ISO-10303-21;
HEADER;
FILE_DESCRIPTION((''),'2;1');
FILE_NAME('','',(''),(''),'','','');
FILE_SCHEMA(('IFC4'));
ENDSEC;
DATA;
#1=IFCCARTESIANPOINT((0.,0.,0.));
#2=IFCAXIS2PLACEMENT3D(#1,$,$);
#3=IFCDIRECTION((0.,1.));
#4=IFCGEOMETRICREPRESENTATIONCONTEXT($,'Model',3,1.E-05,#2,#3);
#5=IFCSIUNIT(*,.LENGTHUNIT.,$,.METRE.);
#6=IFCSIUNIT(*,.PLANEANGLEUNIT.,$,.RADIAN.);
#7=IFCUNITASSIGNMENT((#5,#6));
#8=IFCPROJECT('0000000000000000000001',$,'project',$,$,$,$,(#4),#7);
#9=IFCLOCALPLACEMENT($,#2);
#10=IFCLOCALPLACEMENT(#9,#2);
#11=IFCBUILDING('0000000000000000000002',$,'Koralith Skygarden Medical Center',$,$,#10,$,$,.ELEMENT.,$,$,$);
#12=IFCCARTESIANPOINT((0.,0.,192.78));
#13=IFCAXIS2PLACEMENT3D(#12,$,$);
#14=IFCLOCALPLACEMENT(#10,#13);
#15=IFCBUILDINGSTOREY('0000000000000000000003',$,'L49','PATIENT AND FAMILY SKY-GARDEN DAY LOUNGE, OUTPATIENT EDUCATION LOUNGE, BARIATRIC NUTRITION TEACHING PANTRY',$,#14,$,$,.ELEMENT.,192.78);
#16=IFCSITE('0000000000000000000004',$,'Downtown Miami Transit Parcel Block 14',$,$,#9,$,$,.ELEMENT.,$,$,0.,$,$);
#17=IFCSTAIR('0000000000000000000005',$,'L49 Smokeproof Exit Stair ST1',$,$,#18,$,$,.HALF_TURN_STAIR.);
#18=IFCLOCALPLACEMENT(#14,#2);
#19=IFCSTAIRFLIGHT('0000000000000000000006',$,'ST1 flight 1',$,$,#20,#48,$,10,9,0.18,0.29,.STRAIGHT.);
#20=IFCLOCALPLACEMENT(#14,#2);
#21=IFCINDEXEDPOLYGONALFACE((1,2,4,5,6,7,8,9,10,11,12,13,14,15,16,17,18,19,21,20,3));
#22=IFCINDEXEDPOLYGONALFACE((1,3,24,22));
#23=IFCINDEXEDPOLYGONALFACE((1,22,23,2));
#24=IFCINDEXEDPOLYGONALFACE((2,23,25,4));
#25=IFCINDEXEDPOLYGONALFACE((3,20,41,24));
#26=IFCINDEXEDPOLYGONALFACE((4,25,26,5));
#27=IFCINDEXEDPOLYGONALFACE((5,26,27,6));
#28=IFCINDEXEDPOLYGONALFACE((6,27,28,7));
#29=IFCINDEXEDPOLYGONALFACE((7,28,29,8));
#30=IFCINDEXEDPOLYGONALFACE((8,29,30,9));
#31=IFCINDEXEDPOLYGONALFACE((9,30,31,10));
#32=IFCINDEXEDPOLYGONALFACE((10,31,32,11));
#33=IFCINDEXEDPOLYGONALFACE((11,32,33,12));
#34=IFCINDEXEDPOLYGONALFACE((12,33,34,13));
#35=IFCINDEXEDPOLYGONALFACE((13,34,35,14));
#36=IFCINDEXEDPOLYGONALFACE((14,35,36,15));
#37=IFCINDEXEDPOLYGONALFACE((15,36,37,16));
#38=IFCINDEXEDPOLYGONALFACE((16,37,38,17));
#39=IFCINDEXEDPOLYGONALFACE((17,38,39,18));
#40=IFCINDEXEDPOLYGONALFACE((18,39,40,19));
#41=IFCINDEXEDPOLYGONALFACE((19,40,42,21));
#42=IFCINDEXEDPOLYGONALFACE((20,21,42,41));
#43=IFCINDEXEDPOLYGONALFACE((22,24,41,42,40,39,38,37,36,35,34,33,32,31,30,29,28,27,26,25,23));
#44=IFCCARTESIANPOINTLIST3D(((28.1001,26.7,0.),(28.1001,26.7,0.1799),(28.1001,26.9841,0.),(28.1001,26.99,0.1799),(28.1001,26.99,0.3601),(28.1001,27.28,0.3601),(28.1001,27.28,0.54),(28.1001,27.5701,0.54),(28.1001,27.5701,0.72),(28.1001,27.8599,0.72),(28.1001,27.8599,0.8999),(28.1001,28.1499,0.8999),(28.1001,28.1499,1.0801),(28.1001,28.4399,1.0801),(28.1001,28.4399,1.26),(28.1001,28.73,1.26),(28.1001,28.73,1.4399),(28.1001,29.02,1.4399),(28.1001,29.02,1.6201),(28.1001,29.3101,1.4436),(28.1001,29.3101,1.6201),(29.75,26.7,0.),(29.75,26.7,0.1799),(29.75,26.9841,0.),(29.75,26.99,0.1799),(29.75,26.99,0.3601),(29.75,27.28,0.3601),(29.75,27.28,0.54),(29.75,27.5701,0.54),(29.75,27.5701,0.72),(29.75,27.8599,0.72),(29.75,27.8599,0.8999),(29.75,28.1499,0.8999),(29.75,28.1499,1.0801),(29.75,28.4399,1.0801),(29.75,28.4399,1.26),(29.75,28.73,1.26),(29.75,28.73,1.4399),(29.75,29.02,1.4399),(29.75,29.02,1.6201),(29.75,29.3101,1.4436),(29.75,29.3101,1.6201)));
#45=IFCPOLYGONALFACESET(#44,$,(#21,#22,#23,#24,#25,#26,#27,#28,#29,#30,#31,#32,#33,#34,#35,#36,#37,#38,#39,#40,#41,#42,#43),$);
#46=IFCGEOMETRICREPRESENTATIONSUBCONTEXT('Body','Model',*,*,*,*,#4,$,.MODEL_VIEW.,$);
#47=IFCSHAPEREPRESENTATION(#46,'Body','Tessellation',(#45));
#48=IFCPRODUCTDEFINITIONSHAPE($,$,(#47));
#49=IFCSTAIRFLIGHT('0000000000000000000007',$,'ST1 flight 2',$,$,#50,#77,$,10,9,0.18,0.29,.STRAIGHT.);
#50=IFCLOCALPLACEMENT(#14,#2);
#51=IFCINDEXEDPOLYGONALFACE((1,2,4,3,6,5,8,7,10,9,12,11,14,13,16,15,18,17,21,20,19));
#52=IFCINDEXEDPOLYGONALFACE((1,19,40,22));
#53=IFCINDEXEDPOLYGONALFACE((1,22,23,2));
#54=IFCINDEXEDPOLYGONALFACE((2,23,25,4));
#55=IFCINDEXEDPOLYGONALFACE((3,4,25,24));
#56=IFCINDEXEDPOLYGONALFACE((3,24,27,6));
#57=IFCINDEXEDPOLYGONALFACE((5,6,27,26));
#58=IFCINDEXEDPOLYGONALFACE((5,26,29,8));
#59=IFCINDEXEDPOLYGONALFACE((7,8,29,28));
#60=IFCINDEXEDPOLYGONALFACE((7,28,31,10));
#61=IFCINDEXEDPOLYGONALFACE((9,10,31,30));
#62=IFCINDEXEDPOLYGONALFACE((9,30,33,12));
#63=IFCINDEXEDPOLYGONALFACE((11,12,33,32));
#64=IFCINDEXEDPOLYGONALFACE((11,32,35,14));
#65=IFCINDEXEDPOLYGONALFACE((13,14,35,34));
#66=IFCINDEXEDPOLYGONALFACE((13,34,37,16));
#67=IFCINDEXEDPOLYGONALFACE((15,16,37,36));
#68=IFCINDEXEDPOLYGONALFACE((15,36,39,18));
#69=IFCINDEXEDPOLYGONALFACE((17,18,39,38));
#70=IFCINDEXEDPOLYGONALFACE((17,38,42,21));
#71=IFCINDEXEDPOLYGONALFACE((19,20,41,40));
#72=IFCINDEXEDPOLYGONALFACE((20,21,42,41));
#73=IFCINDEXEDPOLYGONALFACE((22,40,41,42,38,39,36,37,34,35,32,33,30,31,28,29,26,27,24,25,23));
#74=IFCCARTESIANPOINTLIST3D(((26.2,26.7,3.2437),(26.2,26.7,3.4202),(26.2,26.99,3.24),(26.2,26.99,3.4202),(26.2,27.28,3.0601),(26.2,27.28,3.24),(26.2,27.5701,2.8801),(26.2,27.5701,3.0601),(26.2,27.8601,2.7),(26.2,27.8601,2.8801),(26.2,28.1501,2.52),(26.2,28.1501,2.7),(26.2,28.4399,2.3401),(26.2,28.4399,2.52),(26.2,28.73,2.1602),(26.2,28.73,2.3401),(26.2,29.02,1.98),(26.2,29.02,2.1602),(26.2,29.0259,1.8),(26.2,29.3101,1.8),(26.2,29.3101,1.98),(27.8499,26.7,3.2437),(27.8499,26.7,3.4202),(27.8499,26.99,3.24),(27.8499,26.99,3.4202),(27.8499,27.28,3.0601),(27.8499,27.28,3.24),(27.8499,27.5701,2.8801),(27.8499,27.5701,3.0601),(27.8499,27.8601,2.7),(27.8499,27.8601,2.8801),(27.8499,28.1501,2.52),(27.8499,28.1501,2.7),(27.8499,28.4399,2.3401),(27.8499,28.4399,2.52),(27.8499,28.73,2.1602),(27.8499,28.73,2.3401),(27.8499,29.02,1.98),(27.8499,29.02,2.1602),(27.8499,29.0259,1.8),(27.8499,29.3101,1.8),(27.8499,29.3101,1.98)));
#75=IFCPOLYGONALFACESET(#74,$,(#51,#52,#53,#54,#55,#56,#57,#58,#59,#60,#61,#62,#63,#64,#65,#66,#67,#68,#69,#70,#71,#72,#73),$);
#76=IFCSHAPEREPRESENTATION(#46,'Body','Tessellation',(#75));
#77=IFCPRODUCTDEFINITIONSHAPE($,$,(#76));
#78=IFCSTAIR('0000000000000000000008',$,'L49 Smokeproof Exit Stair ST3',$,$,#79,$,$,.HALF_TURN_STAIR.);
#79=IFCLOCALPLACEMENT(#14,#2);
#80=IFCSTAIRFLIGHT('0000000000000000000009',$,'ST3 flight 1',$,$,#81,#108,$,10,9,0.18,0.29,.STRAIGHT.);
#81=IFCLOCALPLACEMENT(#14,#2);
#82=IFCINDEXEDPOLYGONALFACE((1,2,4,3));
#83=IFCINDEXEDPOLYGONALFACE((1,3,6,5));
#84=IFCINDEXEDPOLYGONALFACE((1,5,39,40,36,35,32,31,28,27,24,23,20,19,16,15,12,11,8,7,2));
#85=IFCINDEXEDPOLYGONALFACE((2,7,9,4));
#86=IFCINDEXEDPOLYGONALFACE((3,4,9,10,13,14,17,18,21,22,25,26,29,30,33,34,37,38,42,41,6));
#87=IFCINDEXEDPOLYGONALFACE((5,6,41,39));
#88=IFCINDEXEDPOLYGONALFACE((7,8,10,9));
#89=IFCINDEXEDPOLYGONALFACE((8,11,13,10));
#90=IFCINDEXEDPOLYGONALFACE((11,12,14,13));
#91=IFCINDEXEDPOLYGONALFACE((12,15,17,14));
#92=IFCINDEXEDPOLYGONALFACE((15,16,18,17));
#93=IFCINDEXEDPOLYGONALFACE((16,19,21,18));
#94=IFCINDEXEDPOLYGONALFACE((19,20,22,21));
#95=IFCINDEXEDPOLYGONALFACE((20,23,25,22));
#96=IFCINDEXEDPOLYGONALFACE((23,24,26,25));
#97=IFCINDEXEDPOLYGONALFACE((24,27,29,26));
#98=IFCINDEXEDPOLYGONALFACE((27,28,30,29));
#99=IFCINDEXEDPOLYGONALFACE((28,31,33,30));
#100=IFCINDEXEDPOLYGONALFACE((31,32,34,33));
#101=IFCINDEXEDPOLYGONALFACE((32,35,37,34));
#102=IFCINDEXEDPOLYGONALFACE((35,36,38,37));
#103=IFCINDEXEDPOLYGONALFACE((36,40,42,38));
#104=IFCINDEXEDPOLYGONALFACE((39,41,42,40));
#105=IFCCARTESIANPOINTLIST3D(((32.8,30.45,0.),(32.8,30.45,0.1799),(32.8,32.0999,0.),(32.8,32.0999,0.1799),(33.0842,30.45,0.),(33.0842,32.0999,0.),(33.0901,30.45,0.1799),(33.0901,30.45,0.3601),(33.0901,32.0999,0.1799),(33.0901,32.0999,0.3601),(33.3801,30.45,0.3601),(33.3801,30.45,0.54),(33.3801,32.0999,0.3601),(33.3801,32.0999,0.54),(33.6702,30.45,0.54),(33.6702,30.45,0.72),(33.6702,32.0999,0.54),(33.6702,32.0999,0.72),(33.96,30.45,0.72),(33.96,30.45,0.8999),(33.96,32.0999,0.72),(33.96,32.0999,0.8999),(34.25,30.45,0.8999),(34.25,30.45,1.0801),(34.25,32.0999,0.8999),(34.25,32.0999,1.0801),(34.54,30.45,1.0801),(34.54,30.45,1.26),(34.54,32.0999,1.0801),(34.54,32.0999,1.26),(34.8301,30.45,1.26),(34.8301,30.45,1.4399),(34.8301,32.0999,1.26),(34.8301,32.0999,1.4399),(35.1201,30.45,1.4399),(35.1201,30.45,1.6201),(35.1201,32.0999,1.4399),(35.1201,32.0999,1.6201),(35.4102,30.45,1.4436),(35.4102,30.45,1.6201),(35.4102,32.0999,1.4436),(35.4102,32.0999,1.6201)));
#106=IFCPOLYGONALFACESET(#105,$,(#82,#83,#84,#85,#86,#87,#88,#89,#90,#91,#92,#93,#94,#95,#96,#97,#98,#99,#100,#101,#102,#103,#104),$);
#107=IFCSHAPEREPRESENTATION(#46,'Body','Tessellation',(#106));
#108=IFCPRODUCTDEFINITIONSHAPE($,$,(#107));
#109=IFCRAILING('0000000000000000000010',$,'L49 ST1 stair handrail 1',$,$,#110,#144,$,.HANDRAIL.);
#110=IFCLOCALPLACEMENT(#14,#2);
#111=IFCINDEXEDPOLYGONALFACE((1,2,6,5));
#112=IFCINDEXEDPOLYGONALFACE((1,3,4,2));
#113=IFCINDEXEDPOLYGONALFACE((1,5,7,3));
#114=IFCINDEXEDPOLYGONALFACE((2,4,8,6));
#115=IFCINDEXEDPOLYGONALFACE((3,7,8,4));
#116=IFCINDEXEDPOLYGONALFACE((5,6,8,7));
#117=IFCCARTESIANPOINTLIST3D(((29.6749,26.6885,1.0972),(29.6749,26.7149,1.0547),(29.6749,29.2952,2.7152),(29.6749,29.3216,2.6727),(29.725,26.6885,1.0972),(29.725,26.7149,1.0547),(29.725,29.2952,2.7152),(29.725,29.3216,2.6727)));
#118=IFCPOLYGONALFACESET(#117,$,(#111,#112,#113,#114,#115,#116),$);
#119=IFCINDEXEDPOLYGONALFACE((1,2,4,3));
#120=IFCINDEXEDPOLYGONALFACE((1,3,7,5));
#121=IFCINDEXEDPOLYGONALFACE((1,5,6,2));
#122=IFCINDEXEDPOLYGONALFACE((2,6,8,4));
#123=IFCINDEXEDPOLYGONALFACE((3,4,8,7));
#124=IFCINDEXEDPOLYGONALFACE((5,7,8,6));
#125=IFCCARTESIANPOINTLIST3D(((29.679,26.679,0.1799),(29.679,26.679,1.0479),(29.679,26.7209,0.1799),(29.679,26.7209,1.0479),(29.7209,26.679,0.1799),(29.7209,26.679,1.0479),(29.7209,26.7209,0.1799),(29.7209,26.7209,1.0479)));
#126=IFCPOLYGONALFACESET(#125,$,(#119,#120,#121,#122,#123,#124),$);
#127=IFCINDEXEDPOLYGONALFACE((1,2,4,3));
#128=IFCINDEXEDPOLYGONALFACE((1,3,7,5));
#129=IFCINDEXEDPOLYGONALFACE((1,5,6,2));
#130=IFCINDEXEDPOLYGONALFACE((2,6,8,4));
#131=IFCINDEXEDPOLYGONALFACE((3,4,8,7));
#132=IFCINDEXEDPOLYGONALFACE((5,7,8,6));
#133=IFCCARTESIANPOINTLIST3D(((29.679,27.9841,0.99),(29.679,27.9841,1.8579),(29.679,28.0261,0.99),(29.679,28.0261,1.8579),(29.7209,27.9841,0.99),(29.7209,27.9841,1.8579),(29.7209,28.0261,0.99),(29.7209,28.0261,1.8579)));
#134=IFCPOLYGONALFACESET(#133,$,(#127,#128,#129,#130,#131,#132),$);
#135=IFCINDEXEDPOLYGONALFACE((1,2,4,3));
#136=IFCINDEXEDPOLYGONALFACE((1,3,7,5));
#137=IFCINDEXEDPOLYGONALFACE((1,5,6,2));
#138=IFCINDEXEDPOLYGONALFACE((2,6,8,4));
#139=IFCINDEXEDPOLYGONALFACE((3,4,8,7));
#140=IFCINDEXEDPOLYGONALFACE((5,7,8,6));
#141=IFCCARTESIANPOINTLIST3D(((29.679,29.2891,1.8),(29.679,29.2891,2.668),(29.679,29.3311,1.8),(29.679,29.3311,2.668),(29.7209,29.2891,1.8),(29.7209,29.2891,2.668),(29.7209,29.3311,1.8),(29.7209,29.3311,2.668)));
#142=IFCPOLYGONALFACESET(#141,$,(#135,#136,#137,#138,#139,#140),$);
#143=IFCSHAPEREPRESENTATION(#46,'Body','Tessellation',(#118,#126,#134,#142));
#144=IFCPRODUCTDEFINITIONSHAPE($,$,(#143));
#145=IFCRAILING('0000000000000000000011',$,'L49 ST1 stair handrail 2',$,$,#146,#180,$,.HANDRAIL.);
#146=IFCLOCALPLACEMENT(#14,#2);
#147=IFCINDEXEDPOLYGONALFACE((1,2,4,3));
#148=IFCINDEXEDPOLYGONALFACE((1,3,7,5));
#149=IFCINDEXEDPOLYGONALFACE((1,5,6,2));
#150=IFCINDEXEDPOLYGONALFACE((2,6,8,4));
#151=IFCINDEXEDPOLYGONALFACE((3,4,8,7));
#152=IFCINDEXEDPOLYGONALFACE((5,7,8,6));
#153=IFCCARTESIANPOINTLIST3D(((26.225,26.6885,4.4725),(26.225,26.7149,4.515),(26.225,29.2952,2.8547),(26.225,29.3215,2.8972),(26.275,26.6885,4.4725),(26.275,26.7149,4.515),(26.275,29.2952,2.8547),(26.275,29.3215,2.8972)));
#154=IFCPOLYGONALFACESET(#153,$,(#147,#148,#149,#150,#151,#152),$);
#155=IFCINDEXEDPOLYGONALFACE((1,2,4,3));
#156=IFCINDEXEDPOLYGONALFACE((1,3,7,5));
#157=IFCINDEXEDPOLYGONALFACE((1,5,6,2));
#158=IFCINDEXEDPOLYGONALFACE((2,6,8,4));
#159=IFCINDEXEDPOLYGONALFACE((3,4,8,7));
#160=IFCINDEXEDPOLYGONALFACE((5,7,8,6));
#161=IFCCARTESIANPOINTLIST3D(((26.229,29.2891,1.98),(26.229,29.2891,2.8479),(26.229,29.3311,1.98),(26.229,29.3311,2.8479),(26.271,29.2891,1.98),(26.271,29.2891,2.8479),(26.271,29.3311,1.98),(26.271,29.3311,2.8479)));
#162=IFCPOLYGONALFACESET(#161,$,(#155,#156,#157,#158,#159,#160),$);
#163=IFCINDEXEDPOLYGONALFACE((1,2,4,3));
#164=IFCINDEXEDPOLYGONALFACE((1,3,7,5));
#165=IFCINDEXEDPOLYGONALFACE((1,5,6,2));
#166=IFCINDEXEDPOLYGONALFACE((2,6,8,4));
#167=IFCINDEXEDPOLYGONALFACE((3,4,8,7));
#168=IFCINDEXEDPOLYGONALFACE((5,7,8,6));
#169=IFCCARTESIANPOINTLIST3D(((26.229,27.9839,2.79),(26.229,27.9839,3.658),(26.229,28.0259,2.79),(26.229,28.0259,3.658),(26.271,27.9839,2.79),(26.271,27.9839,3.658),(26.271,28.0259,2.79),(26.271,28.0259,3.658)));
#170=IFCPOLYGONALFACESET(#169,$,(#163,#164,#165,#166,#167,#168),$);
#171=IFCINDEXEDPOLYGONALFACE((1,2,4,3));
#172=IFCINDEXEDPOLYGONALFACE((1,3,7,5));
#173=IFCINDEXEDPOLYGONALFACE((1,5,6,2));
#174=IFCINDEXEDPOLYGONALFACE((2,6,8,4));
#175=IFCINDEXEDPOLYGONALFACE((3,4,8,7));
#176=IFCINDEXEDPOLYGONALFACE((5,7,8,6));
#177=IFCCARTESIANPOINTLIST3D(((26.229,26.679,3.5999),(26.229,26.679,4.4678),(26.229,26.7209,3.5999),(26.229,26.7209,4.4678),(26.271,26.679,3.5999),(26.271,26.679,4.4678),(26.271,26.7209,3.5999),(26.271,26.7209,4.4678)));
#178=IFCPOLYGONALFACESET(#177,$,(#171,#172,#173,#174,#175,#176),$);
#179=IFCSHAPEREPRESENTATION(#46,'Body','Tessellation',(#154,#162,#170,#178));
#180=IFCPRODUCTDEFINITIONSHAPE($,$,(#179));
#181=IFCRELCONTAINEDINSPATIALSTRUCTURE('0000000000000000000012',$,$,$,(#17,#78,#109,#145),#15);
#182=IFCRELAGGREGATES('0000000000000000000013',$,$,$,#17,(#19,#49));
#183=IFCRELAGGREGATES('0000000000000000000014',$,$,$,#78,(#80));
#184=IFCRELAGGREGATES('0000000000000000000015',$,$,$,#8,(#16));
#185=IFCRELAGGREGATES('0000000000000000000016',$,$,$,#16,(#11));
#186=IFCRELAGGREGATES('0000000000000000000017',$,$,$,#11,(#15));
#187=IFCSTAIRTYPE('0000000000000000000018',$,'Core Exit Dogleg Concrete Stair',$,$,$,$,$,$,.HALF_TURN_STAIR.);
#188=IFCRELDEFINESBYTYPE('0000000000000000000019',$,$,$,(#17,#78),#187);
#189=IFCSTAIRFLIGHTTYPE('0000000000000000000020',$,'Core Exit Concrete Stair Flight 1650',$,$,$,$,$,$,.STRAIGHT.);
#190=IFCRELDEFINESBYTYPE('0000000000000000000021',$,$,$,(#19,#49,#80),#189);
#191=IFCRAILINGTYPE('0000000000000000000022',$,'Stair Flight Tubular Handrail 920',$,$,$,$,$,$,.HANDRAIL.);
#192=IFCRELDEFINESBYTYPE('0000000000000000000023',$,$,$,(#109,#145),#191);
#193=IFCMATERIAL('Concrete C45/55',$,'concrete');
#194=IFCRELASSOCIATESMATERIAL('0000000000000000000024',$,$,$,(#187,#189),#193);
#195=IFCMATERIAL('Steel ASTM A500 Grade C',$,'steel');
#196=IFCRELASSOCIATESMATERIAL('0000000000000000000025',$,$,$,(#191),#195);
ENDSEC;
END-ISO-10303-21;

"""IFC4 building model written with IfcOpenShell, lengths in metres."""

from ifc_helpers import new_model, si_unit, direction, frame, origin, origin_2d, place, context, subcontext, project, spatial, polyline, rectangle, outline, extrude, material, type_object, element, aggregate, save


model = new_model("IFC4")

# Units and contexts
model_context = context("Model", 3, precision=1e-05, world=origin(), true_north=direction((0.0, 1.0)))
body_context = subcontext(model_context, "Body", "Model", "MODEL_VIEW")
ifc_project = project(units=[si_unit("LENGTHUNIT", "METRE"), si_unit("PLANEANGLEUNIT", "RADIAN")], contexts=[model_context])

# Site, building, storey
site_placement = place(None, origin())
site = spatial("IfcSite", under=ifc_project, at=site_placement, Name="Downtown Miami Transit Parcel Block 14", CompositionType="ELEMENT", RefElevation=0.0)
building_placement = place(site_placement, origin())
building = spatial("IfcBuilding", under=site, at=building_placement, Name="Koralith Skygarden Medical Center", CompositionType="ELEMENT")
storey_placement = place(building_placement, frame((0.0, 0.0, 192.78)))
storey = spatial("IfcBuildingStorey", under=building, at=storey_placement, Name="L49", Description="PATIENT AND FAMILY SKY-GARDEN DAY LOUNGE, OUTPATIENT EDUCATION LOUNGE, BARIATRIC NUTRITION TEACHING PANTRY", CompositionType="ELEMENT", Elevation=192.78)

# Shared definitions
ifc_material_1 = material(Name="Concrete C45/55", Category="concrete")

# Stair, stair flights
stair_type = type_object("IfcStairType", Name="Core Exit Dogleg Concrete Stair", PredefinedType="HALF_TURN_STAIR", material=ifc_material_1)
stair_1_placement = place(storey_placement, origin())
stair_1 = element("IfcStair", 1, at=stair_1_placement, inside=storey, type_object=stair_type, Name="L49 Smokeproof Exit Stair ST1", PredefinedType="HALF_TURN_STAIR")
stair_flight_type = type_object("IfcStairFlightType", Name="Core Exit Concrete Stair Flight 1650", PredefinedType="STRAIGHT", material=ifc_material_1)
stair_flight_1_placement = place(storey_placement, frame((28.925, 26.7, 0.0), z_axis=(0.0, 0.0, 1.0), x_axis=(0.0, 1.0, 0.0)))
stair_flight_1 = element("IfcStairFlight", 2, at=stair_flight_1_placement, type_object=stair_flight_type, Name="ST1 flight 1", NumberOfRisers=10, NumberOfTreads=9, PredefinedType="STRAIGHT", RiserHeight=0.18, TreadLength=0.29, context=body_context, shape_type="SweptSolid", body=[
    extrude(outline(polyline([(0.0, 0.0), (0.0, 0.1799), (0.29, 0.1799), (0.29, 0.3601), (0.5801, 0.3601), (0.5801, 0.54), (0.8701, 0.54), (0.8701, 0.72), (1.1599, 0.72), (1.1599, 0.8999), (1.45, 0.8999), (1.45, 1.0801), (1.74, 1.0801), (1.74, 1.26), (2.03, 1.26), (2.03, 1.4399), (2.3201, 1.4399), (2.3201, 1.6201), (2.6101, 1.6201), (2.6101, 1.8), (2.6101, 1.4436), (0.2842, 0.0), (0.0, 0.0)])), frame((0.0, 0.825, 0.0), z_axis=(0.0, -1.0, 0.0), x_axis=(1.0, 0.0, 0.0)), (0.0, 0.0, 1.0), 1.6499),
])
stair_flight_2_placement = place(storey_placement, frame((27.0249, 29.3101, 1.8), z_axis=(0.0, 0.0, 1.0), x_axis=(0.0, -1.0, 0.0)))
stair_flight_2 = element("IfcStairFlight", 3, at=stair_flight_2_placement, type_object=stair_flight_type, Name="ST1 flight 2", NumberOfRisers=10, NumberOfTreads=9, PredefinedType="STRAIGHT", RiserHeight=0.18, TreadLength=0.29, context=body_context, shape_type="SweptSolid", body=[
    extrude(outline(polyline([(0.0, 0.0), (0.0, 0.1799), (0.29, 0.1799), (0.29, 0.3601), (0.5801, 0.3601), (0.5801, 0.54), (0.8701, 0.54), (0.8701, 0.72), (1.1599, 0.72), (1.1599, 0.8999), (1.45, 0.8999), (1.45, 1.0801), (1.74, 1.0801), (1.74, 1.26), (2.03, 1.26), (2.03, 1.4399), (2.3201, 1.4399), (2.3201, 1.6201), (2.6101, 1.6201), (2.6101, 1.8), (2.6101, 1.4436), (0.2842, 0.0), (0.0, 0.0)])), frame((0.0, 0.825, 0.0), z_axis=(0.0, -1.0, 0.0), x_axis=(1.0, 0.0, 0.0)), (0.0, 0.0, 1.0), 1.6499),
])
aggregate(stair_1, [stair_flight_1, stair_flight_2])

# Stair, stair flight
stair_2_placement = place(storey_placement, origin())
stair_2 = element("IfcStair", 4, at=stair_2_placement, inside=storey, type_object=stair_type, Name="L49 Smokeproof Exit Stair ST3", PredefinedType="HALF_TURN_STAIR")
stair_flight_3_placement = place(storey_placement, frame((32.8, 31.2749, 0.0), z_axis=(0.0, 0.0, 1.0), x_axis=(1.0, 0.0, 0.0)))
stair_flight_3 = element("IfcStairFlight", 5, at=stair_flight_3_placement, type_object=stair_flight_type, Name="ST3 flight 1", NumberOfRisers=10, NumberOfTreads=9, PredefinedType="STRAIGHT", RiserHeight=0.18, TreadLength=0.29, context=body_context, shape_type="SweptSolid", body=[
    extrude(outline(polyline([(0.0, 0.0), (0.0, 0.1799), (0.29, 0.1799), (0.29, 0.3601), (0.5801, 0.3601), (0.5801, 0.54), (0.8701, 0.54), (0.8701, 0.72), (1.1599, 0.72), (1.1599, 0.8999), (1.45, 0.8999), (1.45, 1.0801), (1.74, 1.0801), (1.74, 1.26), (2.03, 1.26), (2.03, 1.4399), (2.3201, 1.4399), (2.3201, 1.6201), (2.6101, 1.6201), (2.6101, 1.8), (2.6101, 1.4436), (0.2842, 0.0), (0.0, 0.0)])), frame((0.0, 0.825, 0.0), z_axis=(0.0, -1.0, 0.0), x_axis=(1.0, 0.0, 0.0)), (0.0, 0.0, 1.0), 1.6499),
])
aggregate(stair_2, [stair_flight_3])

# Railings
ifc_material_2 = material(Name="Steel ASTM A500 Grade C", Category="steel")
railing_type_1 = type_object("IfcRailingType", Name="Stair Flight Tubular Handrail 920", PredefinedType="HANDRAIL", material=ifc_material_2)
railing_1_placement = place(storey_placement, frame((29.7, 26.7, 0.1799)))
element("IfcRailing", 6, at=railing_1_placement, inside=storey, type_object=railing_type_1, Name="L49 ST1 stair handrail 1", PredefinedType="HANDRAIL", context=body_context, shape_type="SweptSolid", body=[
    extrude(rectangle(XDim=0.05, YDim=0.05, at=origin_2d()), frame((0.0, 0.0017, 0.896), z_axis=(0.0, 0.849633, 0.527375), x_axis=(-1.0, 0.0, 0.0)), (0.0, 0.0, 1.0), 3.0681),
    extrude(rectangle(XDim=0.042, YDim=0.042, at=origin_2d()), origin(), (0.0, 0.0, 1.0), 0.8679),
    extrude(rectangle(XDim=0.042, YDim=0.042, at=origin_2d()), frame((0.0, 1.3052, 0.8101)), (0.0, 0.0, 1.0), 0.8679),
    extrude(rectangle(XDim=0.042, YDim=0.042, at=origin_2d()), frame((0.0, 2.6101, 1.6201)), (0.0, 0.0, 1.0), 0.8679),
])
railing_2_placement = place(storey_placement, frame((26.25, 29.3101, 1.98)))
element("IfcRailing", 7, at=railing_2_placement, inside=storey, type_object=railing_type_1, Name="L49 ST1 stair handrail 2", PredefinedType="HANDRAIL", context=body_context, shape_type="SweptSolid", body=[
    extrude(rectangle(XDim=0.05, YDim=0.05, at=origin_2d()), frame((0.0, -0.0017, 0.896), z_axis=(0.0, -0.849668, 0.527317), x_axis=(1.0, 0.0, 0.0)), (0.0, 0.0, 1.0), 3.0679),
    extrude(rectangle(XDim=0.042, YDim=0.042, at=origin_2d()), origin(), (0.0, 0.0, 1.0), 0.8679),
    extrude(rectangle(XDim=0.042, YDim=0.042, at=origin_2d()), frame((0.0, -1.3052, 0.8101)), (0.0, 0.0, 1.0), 0.8679),
    extrude(rectangle(XDim=0.042, YDim=0.042, at=origin_2d()), frame((0.0, -2.6101, 1.6199)), (0.0, 0.0, 1.0), 0.8679),
])

save(model, "model.ifc")
